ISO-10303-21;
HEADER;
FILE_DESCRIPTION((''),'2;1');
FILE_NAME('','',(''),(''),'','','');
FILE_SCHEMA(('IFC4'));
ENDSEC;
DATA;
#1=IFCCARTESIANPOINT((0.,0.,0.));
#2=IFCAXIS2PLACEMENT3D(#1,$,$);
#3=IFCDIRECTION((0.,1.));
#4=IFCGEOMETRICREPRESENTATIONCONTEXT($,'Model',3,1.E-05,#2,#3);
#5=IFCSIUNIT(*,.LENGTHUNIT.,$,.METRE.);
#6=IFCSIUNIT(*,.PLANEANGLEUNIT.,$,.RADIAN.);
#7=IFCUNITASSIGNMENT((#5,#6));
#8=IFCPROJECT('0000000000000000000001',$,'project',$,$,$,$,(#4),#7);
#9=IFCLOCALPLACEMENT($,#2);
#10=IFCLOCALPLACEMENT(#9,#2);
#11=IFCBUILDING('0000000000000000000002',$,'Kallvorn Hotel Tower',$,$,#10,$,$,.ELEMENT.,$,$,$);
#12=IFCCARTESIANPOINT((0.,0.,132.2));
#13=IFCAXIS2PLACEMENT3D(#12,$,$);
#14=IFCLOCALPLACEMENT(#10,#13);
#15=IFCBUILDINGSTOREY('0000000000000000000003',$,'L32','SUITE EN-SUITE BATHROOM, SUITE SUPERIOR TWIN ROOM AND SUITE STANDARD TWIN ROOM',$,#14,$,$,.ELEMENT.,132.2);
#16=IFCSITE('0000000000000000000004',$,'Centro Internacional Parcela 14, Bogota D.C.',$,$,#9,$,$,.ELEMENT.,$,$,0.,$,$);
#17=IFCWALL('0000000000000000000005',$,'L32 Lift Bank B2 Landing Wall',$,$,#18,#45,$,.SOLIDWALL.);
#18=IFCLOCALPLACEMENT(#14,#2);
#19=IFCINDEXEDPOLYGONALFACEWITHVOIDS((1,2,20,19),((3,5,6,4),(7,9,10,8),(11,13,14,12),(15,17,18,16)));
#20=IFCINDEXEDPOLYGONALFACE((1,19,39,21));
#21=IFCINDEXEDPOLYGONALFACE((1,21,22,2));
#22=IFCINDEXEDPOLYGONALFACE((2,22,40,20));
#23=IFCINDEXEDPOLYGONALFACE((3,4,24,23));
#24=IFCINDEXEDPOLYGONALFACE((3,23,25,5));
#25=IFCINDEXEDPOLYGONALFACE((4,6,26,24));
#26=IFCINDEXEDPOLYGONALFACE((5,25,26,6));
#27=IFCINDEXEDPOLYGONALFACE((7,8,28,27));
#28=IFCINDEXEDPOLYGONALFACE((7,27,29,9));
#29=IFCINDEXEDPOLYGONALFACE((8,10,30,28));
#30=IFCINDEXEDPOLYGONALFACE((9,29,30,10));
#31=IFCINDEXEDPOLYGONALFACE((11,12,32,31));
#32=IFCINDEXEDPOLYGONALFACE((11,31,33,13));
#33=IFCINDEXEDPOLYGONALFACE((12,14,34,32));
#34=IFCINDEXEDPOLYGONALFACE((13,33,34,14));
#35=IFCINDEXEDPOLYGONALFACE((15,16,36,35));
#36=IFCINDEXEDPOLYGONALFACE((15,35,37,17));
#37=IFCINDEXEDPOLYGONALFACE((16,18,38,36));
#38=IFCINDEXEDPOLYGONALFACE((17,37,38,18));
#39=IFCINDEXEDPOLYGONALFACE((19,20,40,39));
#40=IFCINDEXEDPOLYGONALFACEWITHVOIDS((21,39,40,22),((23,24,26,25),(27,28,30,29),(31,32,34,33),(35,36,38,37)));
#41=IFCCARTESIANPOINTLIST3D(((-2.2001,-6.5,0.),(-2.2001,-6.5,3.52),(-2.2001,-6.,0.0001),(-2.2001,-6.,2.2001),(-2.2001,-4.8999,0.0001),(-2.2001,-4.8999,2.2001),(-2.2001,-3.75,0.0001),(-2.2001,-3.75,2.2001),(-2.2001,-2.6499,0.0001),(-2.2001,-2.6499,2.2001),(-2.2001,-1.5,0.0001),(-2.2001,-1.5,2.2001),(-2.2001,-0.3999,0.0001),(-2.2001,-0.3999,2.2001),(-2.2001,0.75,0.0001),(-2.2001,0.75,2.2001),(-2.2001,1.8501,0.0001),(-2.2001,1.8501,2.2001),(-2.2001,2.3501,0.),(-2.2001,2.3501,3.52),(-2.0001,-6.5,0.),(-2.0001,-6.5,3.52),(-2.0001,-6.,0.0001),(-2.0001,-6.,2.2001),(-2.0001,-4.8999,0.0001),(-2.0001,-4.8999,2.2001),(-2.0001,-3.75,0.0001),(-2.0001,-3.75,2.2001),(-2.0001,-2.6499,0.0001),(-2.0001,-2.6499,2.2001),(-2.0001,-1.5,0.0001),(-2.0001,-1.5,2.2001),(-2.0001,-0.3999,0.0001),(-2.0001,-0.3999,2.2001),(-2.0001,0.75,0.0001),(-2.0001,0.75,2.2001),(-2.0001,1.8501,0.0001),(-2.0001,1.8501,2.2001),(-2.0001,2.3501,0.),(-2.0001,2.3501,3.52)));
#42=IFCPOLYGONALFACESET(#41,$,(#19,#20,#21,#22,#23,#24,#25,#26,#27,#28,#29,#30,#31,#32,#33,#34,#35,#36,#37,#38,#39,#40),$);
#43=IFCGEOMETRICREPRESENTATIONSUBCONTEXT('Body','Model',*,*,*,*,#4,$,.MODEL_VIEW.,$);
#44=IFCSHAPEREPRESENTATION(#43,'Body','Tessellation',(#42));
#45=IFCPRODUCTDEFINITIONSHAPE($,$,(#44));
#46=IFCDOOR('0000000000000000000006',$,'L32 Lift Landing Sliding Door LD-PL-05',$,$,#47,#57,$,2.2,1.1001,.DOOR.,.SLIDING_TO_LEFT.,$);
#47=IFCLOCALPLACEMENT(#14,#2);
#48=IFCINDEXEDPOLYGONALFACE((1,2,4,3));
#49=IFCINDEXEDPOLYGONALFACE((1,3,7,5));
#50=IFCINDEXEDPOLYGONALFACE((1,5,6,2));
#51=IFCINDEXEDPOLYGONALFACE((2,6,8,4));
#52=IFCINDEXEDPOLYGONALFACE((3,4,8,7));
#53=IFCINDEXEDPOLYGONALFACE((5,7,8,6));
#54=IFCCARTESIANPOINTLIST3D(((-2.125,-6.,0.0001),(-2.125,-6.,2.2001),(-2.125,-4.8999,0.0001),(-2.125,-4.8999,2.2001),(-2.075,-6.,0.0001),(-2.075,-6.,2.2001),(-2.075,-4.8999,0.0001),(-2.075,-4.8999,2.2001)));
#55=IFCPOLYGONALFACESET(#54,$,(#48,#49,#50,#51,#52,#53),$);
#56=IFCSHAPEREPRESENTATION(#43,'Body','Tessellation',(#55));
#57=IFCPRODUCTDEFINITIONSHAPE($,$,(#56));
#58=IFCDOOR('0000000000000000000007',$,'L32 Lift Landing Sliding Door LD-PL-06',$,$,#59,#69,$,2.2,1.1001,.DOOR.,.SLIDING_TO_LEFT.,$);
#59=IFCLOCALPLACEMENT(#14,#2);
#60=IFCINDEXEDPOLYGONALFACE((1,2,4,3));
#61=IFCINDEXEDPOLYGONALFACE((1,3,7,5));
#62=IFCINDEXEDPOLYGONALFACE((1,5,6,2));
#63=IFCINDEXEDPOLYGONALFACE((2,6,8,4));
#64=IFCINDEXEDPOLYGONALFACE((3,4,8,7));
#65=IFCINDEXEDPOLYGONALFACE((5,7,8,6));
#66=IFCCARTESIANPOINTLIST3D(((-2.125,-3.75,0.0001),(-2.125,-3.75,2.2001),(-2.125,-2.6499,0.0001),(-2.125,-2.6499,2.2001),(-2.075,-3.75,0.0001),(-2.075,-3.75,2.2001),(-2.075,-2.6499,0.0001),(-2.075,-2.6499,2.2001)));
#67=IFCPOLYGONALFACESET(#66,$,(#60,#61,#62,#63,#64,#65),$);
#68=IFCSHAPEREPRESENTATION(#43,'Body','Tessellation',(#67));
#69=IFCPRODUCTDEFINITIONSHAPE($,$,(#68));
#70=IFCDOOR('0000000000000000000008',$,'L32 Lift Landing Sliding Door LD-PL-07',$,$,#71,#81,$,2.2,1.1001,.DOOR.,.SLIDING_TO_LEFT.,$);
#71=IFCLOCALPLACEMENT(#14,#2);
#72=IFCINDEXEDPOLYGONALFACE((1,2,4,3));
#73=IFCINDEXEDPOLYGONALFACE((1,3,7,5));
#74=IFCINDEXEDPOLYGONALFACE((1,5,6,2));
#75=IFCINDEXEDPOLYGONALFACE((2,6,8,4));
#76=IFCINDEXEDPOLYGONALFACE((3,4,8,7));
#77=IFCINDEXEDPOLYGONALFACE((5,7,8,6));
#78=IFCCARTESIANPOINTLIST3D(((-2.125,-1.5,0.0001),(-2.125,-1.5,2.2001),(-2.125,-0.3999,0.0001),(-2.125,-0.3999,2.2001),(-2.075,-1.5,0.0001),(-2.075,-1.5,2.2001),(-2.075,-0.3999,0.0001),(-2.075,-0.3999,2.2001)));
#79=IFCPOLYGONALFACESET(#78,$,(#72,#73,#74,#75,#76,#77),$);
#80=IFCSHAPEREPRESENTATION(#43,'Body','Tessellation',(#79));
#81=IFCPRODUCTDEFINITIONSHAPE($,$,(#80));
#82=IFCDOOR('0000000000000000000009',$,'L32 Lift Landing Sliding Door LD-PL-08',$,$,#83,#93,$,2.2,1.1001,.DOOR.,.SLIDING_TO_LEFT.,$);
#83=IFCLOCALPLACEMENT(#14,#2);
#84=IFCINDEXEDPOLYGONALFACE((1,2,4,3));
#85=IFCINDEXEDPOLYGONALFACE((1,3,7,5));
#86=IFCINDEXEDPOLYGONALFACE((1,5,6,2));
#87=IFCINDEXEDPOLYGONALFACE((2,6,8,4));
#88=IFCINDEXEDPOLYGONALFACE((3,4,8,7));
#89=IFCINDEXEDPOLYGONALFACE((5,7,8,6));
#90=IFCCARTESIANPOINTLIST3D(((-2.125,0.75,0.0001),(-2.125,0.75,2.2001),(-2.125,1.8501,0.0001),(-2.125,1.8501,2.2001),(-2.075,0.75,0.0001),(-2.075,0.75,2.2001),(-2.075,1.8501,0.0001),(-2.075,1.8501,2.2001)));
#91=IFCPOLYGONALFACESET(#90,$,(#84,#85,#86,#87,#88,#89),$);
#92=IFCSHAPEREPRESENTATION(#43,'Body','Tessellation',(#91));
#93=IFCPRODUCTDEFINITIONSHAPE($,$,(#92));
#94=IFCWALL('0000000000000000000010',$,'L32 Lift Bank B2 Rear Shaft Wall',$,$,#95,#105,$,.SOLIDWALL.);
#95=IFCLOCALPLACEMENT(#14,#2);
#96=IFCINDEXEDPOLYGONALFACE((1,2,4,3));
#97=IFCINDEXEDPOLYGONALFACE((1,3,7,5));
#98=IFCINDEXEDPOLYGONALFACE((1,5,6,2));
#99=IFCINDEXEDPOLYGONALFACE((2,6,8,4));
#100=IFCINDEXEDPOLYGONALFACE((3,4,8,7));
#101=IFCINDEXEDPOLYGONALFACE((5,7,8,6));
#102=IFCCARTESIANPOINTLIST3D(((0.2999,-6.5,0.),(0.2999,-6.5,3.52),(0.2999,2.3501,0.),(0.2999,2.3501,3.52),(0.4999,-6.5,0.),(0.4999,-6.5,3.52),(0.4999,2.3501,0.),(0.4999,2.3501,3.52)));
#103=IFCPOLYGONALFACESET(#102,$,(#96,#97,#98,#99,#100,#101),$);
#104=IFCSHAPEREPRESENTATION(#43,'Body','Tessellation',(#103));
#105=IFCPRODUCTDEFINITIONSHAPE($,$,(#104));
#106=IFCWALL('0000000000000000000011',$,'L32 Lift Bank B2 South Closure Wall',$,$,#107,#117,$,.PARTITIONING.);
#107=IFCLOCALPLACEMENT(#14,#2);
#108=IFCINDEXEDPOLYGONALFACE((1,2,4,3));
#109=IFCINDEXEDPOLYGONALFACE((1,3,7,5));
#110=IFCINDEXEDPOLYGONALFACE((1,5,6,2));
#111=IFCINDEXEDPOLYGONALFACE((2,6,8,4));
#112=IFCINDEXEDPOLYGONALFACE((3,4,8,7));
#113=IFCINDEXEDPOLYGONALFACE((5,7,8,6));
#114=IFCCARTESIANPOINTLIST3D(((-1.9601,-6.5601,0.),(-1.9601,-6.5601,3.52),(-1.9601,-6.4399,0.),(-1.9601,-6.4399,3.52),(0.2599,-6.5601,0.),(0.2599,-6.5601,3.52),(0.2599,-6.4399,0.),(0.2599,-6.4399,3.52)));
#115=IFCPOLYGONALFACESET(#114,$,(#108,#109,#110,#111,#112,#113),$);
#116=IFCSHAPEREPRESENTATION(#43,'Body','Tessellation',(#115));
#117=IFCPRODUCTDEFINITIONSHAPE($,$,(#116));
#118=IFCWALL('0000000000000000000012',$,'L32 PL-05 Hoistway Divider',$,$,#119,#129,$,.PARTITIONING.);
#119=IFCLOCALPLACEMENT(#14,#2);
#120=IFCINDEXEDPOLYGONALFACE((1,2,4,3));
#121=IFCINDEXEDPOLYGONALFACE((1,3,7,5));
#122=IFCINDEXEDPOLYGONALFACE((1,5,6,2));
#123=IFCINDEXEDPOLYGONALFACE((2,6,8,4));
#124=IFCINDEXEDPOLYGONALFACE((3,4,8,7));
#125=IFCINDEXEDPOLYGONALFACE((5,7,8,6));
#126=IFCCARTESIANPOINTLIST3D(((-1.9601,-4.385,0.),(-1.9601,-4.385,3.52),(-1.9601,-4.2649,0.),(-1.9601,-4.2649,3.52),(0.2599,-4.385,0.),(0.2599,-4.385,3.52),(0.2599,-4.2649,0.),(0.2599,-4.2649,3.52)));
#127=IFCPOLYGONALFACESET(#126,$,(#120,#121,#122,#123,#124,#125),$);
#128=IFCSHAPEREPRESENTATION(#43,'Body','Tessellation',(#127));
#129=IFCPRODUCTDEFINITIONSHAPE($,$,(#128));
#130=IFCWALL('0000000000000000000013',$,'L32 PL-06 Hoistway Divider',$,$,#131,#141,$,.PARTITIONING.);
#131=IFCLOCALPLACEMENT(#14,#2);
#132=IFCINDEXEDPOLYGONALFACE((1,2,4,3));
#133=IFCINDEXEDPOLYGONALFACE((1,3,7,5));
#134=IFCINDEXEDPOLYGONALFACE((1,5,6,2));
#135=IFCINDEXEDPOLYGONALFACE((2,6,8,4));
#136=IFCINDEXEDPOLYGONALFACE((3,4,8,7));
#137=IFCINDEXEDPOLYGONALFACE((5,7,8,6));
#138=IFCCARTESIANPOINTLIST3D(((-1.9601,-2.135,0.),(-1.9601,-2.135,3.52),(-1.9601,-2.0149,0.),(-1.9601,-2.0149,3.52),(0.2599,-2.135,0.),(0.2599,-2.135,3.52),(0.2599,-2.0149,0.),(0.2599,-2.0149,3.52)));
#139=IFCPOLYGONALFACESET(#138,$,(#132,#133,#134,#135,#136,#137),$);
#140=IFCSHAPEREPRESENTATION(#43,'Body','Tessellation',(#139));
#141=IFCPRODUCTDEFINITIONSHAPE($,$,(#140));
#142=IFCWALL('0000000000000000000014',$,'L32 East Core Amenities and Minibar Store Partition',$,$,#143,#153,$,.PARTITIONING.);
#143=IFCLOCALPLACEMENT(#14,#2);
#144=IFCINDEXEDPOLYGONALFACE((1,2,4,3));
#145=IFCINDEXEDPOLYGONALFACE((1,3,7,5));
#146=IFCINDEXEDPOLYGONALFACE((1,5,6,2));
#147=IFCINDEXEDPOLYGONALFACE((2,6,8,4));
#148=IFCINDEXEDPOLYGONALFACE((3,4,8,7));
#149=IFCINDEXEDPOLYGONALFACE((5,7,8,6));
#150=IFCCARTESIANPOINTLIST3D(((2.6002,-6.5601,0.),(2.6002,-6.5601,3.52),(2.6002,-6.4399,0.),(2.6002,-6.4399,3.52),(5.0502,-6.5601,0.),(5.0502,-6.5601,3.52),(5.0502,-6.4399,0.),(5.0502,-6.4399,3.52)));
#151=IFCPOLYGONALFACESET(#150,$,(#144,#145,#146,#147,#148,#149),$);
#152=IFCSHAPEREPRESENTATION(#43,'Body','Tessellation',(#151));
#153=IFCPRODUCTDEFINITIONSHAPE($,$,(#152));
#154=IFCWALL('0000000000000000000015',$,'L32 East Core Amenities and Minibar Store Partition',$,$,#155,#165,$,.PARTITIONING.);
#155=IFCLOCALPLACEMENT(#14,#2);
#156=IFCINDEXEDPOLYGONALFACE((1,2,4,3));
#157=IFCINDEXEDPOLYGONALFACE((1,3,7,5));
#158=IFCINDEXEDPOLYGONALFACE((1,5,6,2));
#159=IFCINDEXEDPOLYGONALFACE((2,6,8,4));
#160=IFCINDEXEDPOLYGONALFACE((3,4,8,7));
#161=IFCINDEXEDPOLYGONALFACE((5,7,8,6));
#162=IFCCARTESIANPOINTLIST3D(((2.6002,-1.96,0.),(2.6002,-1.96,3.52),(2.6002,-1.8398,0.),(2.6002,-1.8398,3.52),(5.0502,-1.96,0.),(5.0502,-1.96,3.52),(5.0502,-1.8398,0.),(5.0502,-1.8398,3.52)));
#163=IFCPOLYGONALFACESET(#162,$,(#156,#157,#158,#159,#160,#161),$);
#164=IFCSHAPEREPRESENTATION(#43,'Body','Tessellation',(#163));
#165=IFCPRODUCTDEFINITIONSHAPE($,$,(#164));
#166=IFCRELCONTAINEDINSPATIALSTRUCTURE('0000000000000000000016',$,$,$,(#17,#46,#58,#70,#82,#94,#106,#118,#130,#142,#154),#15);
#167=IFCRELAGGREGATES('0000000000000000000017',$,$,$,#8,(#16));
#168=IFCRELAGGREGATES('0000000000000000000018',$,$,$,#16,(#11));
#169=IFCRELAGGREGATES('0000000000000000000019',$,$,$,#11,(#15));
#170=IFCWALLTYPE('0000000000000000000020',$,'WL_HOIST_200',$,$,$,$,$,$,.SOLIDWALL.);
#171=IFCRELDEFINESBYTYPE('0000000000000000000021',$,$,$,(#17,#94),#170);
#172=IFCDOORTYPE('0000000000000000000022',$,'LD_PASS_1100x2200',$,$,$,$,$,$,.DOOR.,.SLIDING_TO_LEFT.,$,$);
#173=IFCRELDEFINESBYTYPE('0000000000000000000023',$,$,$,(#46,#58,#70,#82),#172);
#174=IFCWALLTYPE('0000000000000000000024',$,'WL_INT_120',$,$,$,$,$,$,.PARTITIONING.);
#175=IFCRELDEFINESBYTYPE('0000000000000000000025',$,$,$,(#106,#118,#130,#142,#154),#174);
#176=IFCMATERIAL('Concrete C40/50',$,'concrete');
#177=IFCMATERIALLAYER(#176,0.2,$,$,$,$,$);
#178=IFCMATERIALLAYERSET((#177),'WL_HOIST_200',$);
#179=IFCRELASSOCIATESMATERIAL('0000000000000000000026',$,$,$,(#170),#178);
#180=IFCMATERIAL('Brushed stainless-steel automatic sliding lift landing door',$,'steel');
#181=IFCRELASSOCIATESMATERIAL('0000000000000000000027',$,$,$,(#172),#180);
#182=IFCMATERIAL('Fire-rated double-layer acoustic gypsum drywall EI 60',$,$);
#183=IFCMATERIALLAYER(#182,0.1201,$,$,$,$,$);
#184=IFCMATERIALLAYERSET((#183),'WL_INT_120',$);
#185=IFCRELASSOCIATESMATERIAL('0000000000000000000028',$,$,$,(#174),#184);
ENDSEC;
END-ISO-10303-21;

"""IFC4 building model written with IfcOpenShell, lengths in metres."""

from ifc_helpers import new_model, si_unit, direction, frame, frame_2d, origin, place, context, subcontext, project, spatial, rectangle, extrude, material, layer, layer_set, type_object, element, fill, save


model = new_model("IFC4")

# Units and contexts
model_context = context("Model", 3, precision=1e-05, world=origin(), true_north=direction((0.0, 1.0)))
body_context = subcontext(model_context, "Body", "Model", "MODEL_VIEW")
ifc_project = project(units=[si_unit("LENGTHUNIT", "METRE"), si_unit("PLANEANGLEUNIT", "RADIAN")], contexts=[model_context])

# Site, building, storey
site_placement = place(None, origin())
site = spatial("IfcSite", under=ifc_project, at=site_placement, Name="Centro Internacional Parcela 14, Bogota D.C.", CompositionType="ELEMENT", RefElevation=0.0)
building_placement = place(site_placement, origin())
building = spatial("IfcBuilding", under=site, at=building_placement, Name="Kallvorn Hotel Tower", CompositionType="ELEMENT")
storey_placement = place(building_placement, frame((0.0, 0.0, 132.2)))
storey = spatial("IfcBuildingStorey", under=building, at=storey_placement, Name="L32", Description="SUITE EN-SUITE BATHROOM, SUITE SUPERIOR TWIN ROOM AND SUITE STANDARD TWIN ROOM", CompositionType="ELEMENT", Elevation=132.2)

# Wall, openings, doors
ifc_material_1 = material(Name="Concrete C40/50", Category="concrete")
ifc_layer_1 = layer(ifc_material_1, 0.2)
ifc_layer_set_1 = layer_set([ifc_layer_1], Name="WL_HOIST_200")
wall_type_1 = type_object("IfcWallType", Name="WL_HOIST_200", PredefinedType="SOLIDWALL", material=ifc_layer_set_1)
wall_1_placement = place(storey_placement, frame((-2.1001, -6.5, 0.0), z_axis=(0.0, 0.0, 1.0), x_axis=(0.0, 1.0, 0.0)))
wall_1 = element("IfcWall", 1, at=wall_1_placement, inside=storey, type_object=wall_type_1, Name="L32 Lift Bank B2 Landing Wall", PredefinedType="SOLIDWALL", context=body_context, shape_type="SweptSolid", body=[
    extrude(rectangle(XDim=8.8501, YDim=0.2, at=frame_2d((4.425, 0.0))), origin(), (0.0, 0.0, 1.0), 3.52),
])
opening_1_placement = place(wall_1_placement, frame((0.5, 0.0, 0.0)))
opening_1 = element("IfcOpeningElement", 2, at=opening_1_placement, cuts=wall_1, PredefinedType="OPENING", context=body_context, shape_type="SweptSolid", body=[
    extrude(rectangle(XDim=1.1001, YDim=2.2, at=frame_2d((0.55, 1.1001))), frame((0.0, 0.115, 0.0), z_axis=(0.0, -1.0, 0.0), x_axis=(1.0, 0.0, 0.0)), (0.0, 0.0, 1.0), 0.23),
])
opening_2_placement = place(wall_1_placement, frame((2.75, 0.0, 0.0)))
opening_2 = element("IfcOpeningElement", 3, at=opening_2_placement, cuts=wall_1, PredefinedType="OPENING", context=body_context, shape_type="SweptSolid", body=[
    extrude(rectangle(XDim=1.1001, YDim=2.2, at=frame_2d((0.55, 1.1001))), frame((0.0, 0.115, 0.0), z_axis=(0.0, -1.0, 0.0), x_axis=(1.0, 0.0, 0.0)), (0.0, 0.0, 1.0), 0.23),
])
opening_3_placement = place(wall_1_placement, frame((5.0, 0.0, 0.0)))
opening_3 = element("IfcOpeningElement", 4, at=opening_3_placement, cuts=wall_1, PredefinedType="OPENING", context=body_context, shape_type="SweptSolid", body=[
    extrude(rectangle(XDim=1.1001, YDim=2.2, at=frame_2d((0.55, 1.1001))), frame((0.0, 0.115, 0.0), z_axis=(0.0, -1.0, 0.0), x_axis=(1.0, 0.0, 0.0)), (0.0, 0.0, 1.0), 0.23),
])
opening_4_placement = place(wall_1_placement, frame((7.25, 0.0, 0.0)))
opening_4 = element("IfcOpeningElement", 5, at=opening_4_placement, cuts=wall_1, PredefinedType="OPENING", context=body_context, shape_type="SweptSolid", body=[
    extrude(rectangle(XDim=1.1001, YDim=2.2, at=frame_2d((0.55, 1.1001))), frame((0.0, 0.115, 0.0), z_axis=(0.0, -1.0, 0.0), x_axis=(1.0, 0.0, 0.0)), (0.0, 0.0, 1.0), 0.23),
])
ifc_material_2 = material(Name="Brushed stainless-steel automatic sliding lift landing door", Category="steel")
door_type_1 = type_object("IfcDoorType", Name="LD_PASS_1100x2200", OperationType="SLIDING_TO_LEFT", PredefinedType="DOOR", material=ifc_material_2)
door_1_placement = place(opening_1_placement, origin())
door_1 = element("IfcDoor", 6, at=door_1_placement, inside=storey, type_object=door_type_1, Name="L32 Lift Landing Sliding Door LD-PL-05", OperationType="SLIDING_TO_LEFT", OverallHeight=2.2, OverallWidth=1.1001, PredefinedType="DOOR", context=body_context, shape_type="SweptSolid", body=[
    extrude(rectangle(XDim=1.1001, YDim=2.2, at=frame_2d((0.55, 1.1001))), frame((0.0, 0.0249, 0.0), z_axis=(0.0, -1.0, 0.0), x_axis=(1.0, 0.0, 0.0)), (0.0, 0.0, 1.0), 0.05),
])
fill(opening_1, door_1)
door_2_placement = place(opening_2_placement, origin())
door_2 = element("IfcDoor", 7, at=door_2_placement, inside=storey, type_object=door_type_1, Name="L32 Lift Landing Sliding Door LD-PL-06", OperationType="SLIDING_TO_LEFT", OverallHeight=2.2, OverallWidth=1.1001, PredefinedType="DOOR", context=body_context, shape_type="SweptSolid", body=[
    extrude(rectangle(XDim=1.1001, YDim=2.2, at=frame_2d((0.55, 1.1001))), frame((0.0, 0.0249, 0.0), z_axis=(0.0, -1.0, 0.0), x_axis=(1.0, 0.0, 0.0)), (0.0, 0.0, 1.0), 0.05),
])
fill(opening_2, door_2)
door_3_placement = place(opening_3_placement, origin())
door_3 = element("IfcDoor", 8, at=door_3_placement, inside=storey, type_object=door_type_1, Name="L32 Lift Landing Sliding Door LD-PL-07", OperationType="SLIDING_TO_LEFT", OverallHeight=2.2, OverallWidth=1.1001, PredefinedType="DOOR", context=body_context, shape_type="SweptSolid", body=[
    extrude(rectangle(XDim=1.1001, YDim=2.2, at=frame_2d((0.55, 1.1001))), frame((0.0, 0.0249, 0.0), z_axis=(0.0, -1.0, 0.0), x_axis=(1.0, 0.0, 0.0)), (0.0, 0.0, 1.0), 0.05),
])
fill(opening_3, door_3)
door_4_placement = place(opening_4_placement, origin())
door_4 = element("IfcDoor", 9, at=door_4_placement, inside=storey, type_object=door_type_1, Name="L32 Lift Landing Sliding Door LD-PL-08", OperationType="SLIDING_TO_LEFT", OverallHeight=2.2, OverallWidth=1.1001, PredefinedType="DOOR", context=body_context, shape_type="SweptSolid", body=[
    extrude(rectangle(XDim=1.1001, YDim=2.2, at=frame_2d((0.55, 1.1001))), frame((0.0, 0.0249, 0.0), z_axis=(0.0, -1.0, 0.0), x_axis=(1.0, 0.0, 0.0)), (0.0, 0.0, 1.0), 0.05),
])
fill(opening_4, door_4)

# Walls
wall_2_placement = place(storey_placement, frame((0.3999, -6.5, 0.0), z_axis=(0.0, 0.0, 1.0), x_axis=(0.0, 1.0, 0.0)))
element("IfcWall", 10, at=wall_2_placement, inside=storey, type_object=wall_type_1, Name="L32 Lift Bank B2 Rear Shaft Wall", PredefinedType="SOLIDWALL", context=body_context, shape_type="SweptSolid", body=[
    extrude(rectangle(XDim=8.8501, YDim=0.2, at=frame_2d((4.425, 0.0))), origin(), (0.0, 0.0, 1.0), 3.52),
])
ifc_material_3 = material(Name="Fire-rated double-layer acoustic gypsum drywall EI 60")
ifc_layer_2 = layer(ifc_material_3, 0.1201)
ifc_layer_set_2 = layer_set([ifc_layer_2], Name="WL_INT_120")
wall_type_2 = type_object("IfcWallType", Name="WL_INT_120", PredefinedType="PARTITIONING", material=ifc_layer_set_2)
for number, where, z_axis, x_axis, name in (
    (11, (-1.96, -6.5, 0.0), (0.0, 0.0, 1.0), (1.0, 0.0, 0.0), "L32 Lift Bank B2 South Closure Wall"),
    (12, (-1.96, -4.325, 0.0), (0.0, 0.0, 1.0), (1.0, 0.0, 0.0), "L32 PL-05 Hoistway Divider"),
    (13, (-1.96, -2.075, 0.0), (0.0, 0.0, 1.0), (1.0, 0.0, 0.0), "L32 PL-06 Hoistway Divider"),
):
    element("IfcWall", number, at=place(storey_placement, frame(where, z_axis=z_axis, x_axis=x_axis)), inside=storey, type_object=wall_type_2, Name=name, PredefinedType="PARTITIONING", context=body_context, shape_type="SweptSolid", body=[
        extrude(rectangle(XDim=2.22, YDim=0.1201, at=frame_2d((1.1099, 0.0))), origin(), (0.0, 0.0, 1.0), 3.52),
    ])
for number, where, z_axis, x_axis, name in (
    (14, (2.6001, -6.5, 0.0), (0.0, 0.0, 1.0), (1.0, 0.0, 0.0), "L32 East Core Amenities and Minibar Store Partition"),
    (15, (2.6001, -1.8999, 0.0), (0.0, 0.0, 1.0), (1.0, 0.0, 0.0), "L32 East Core Amenities and Minibar Store Partition"),
):
    element("IfcWall", number, at=place(storey_placement, frame(where, z_axis=z_axis, x_axis=x_axis)), inside=storey, type_object=wall_type_2, Name=name, PredefinedType="PARTITIONING", context=body_context, shape_type="SweptSolid", body=[
        extrude(rectangle(XDim=2.45, YDim=0.1201, at=frame_2d((1.2251, 0.0))), origin(), (0.0, 0.0, 1.0), 3.52),
    ])

save(model, "model.ifc")
